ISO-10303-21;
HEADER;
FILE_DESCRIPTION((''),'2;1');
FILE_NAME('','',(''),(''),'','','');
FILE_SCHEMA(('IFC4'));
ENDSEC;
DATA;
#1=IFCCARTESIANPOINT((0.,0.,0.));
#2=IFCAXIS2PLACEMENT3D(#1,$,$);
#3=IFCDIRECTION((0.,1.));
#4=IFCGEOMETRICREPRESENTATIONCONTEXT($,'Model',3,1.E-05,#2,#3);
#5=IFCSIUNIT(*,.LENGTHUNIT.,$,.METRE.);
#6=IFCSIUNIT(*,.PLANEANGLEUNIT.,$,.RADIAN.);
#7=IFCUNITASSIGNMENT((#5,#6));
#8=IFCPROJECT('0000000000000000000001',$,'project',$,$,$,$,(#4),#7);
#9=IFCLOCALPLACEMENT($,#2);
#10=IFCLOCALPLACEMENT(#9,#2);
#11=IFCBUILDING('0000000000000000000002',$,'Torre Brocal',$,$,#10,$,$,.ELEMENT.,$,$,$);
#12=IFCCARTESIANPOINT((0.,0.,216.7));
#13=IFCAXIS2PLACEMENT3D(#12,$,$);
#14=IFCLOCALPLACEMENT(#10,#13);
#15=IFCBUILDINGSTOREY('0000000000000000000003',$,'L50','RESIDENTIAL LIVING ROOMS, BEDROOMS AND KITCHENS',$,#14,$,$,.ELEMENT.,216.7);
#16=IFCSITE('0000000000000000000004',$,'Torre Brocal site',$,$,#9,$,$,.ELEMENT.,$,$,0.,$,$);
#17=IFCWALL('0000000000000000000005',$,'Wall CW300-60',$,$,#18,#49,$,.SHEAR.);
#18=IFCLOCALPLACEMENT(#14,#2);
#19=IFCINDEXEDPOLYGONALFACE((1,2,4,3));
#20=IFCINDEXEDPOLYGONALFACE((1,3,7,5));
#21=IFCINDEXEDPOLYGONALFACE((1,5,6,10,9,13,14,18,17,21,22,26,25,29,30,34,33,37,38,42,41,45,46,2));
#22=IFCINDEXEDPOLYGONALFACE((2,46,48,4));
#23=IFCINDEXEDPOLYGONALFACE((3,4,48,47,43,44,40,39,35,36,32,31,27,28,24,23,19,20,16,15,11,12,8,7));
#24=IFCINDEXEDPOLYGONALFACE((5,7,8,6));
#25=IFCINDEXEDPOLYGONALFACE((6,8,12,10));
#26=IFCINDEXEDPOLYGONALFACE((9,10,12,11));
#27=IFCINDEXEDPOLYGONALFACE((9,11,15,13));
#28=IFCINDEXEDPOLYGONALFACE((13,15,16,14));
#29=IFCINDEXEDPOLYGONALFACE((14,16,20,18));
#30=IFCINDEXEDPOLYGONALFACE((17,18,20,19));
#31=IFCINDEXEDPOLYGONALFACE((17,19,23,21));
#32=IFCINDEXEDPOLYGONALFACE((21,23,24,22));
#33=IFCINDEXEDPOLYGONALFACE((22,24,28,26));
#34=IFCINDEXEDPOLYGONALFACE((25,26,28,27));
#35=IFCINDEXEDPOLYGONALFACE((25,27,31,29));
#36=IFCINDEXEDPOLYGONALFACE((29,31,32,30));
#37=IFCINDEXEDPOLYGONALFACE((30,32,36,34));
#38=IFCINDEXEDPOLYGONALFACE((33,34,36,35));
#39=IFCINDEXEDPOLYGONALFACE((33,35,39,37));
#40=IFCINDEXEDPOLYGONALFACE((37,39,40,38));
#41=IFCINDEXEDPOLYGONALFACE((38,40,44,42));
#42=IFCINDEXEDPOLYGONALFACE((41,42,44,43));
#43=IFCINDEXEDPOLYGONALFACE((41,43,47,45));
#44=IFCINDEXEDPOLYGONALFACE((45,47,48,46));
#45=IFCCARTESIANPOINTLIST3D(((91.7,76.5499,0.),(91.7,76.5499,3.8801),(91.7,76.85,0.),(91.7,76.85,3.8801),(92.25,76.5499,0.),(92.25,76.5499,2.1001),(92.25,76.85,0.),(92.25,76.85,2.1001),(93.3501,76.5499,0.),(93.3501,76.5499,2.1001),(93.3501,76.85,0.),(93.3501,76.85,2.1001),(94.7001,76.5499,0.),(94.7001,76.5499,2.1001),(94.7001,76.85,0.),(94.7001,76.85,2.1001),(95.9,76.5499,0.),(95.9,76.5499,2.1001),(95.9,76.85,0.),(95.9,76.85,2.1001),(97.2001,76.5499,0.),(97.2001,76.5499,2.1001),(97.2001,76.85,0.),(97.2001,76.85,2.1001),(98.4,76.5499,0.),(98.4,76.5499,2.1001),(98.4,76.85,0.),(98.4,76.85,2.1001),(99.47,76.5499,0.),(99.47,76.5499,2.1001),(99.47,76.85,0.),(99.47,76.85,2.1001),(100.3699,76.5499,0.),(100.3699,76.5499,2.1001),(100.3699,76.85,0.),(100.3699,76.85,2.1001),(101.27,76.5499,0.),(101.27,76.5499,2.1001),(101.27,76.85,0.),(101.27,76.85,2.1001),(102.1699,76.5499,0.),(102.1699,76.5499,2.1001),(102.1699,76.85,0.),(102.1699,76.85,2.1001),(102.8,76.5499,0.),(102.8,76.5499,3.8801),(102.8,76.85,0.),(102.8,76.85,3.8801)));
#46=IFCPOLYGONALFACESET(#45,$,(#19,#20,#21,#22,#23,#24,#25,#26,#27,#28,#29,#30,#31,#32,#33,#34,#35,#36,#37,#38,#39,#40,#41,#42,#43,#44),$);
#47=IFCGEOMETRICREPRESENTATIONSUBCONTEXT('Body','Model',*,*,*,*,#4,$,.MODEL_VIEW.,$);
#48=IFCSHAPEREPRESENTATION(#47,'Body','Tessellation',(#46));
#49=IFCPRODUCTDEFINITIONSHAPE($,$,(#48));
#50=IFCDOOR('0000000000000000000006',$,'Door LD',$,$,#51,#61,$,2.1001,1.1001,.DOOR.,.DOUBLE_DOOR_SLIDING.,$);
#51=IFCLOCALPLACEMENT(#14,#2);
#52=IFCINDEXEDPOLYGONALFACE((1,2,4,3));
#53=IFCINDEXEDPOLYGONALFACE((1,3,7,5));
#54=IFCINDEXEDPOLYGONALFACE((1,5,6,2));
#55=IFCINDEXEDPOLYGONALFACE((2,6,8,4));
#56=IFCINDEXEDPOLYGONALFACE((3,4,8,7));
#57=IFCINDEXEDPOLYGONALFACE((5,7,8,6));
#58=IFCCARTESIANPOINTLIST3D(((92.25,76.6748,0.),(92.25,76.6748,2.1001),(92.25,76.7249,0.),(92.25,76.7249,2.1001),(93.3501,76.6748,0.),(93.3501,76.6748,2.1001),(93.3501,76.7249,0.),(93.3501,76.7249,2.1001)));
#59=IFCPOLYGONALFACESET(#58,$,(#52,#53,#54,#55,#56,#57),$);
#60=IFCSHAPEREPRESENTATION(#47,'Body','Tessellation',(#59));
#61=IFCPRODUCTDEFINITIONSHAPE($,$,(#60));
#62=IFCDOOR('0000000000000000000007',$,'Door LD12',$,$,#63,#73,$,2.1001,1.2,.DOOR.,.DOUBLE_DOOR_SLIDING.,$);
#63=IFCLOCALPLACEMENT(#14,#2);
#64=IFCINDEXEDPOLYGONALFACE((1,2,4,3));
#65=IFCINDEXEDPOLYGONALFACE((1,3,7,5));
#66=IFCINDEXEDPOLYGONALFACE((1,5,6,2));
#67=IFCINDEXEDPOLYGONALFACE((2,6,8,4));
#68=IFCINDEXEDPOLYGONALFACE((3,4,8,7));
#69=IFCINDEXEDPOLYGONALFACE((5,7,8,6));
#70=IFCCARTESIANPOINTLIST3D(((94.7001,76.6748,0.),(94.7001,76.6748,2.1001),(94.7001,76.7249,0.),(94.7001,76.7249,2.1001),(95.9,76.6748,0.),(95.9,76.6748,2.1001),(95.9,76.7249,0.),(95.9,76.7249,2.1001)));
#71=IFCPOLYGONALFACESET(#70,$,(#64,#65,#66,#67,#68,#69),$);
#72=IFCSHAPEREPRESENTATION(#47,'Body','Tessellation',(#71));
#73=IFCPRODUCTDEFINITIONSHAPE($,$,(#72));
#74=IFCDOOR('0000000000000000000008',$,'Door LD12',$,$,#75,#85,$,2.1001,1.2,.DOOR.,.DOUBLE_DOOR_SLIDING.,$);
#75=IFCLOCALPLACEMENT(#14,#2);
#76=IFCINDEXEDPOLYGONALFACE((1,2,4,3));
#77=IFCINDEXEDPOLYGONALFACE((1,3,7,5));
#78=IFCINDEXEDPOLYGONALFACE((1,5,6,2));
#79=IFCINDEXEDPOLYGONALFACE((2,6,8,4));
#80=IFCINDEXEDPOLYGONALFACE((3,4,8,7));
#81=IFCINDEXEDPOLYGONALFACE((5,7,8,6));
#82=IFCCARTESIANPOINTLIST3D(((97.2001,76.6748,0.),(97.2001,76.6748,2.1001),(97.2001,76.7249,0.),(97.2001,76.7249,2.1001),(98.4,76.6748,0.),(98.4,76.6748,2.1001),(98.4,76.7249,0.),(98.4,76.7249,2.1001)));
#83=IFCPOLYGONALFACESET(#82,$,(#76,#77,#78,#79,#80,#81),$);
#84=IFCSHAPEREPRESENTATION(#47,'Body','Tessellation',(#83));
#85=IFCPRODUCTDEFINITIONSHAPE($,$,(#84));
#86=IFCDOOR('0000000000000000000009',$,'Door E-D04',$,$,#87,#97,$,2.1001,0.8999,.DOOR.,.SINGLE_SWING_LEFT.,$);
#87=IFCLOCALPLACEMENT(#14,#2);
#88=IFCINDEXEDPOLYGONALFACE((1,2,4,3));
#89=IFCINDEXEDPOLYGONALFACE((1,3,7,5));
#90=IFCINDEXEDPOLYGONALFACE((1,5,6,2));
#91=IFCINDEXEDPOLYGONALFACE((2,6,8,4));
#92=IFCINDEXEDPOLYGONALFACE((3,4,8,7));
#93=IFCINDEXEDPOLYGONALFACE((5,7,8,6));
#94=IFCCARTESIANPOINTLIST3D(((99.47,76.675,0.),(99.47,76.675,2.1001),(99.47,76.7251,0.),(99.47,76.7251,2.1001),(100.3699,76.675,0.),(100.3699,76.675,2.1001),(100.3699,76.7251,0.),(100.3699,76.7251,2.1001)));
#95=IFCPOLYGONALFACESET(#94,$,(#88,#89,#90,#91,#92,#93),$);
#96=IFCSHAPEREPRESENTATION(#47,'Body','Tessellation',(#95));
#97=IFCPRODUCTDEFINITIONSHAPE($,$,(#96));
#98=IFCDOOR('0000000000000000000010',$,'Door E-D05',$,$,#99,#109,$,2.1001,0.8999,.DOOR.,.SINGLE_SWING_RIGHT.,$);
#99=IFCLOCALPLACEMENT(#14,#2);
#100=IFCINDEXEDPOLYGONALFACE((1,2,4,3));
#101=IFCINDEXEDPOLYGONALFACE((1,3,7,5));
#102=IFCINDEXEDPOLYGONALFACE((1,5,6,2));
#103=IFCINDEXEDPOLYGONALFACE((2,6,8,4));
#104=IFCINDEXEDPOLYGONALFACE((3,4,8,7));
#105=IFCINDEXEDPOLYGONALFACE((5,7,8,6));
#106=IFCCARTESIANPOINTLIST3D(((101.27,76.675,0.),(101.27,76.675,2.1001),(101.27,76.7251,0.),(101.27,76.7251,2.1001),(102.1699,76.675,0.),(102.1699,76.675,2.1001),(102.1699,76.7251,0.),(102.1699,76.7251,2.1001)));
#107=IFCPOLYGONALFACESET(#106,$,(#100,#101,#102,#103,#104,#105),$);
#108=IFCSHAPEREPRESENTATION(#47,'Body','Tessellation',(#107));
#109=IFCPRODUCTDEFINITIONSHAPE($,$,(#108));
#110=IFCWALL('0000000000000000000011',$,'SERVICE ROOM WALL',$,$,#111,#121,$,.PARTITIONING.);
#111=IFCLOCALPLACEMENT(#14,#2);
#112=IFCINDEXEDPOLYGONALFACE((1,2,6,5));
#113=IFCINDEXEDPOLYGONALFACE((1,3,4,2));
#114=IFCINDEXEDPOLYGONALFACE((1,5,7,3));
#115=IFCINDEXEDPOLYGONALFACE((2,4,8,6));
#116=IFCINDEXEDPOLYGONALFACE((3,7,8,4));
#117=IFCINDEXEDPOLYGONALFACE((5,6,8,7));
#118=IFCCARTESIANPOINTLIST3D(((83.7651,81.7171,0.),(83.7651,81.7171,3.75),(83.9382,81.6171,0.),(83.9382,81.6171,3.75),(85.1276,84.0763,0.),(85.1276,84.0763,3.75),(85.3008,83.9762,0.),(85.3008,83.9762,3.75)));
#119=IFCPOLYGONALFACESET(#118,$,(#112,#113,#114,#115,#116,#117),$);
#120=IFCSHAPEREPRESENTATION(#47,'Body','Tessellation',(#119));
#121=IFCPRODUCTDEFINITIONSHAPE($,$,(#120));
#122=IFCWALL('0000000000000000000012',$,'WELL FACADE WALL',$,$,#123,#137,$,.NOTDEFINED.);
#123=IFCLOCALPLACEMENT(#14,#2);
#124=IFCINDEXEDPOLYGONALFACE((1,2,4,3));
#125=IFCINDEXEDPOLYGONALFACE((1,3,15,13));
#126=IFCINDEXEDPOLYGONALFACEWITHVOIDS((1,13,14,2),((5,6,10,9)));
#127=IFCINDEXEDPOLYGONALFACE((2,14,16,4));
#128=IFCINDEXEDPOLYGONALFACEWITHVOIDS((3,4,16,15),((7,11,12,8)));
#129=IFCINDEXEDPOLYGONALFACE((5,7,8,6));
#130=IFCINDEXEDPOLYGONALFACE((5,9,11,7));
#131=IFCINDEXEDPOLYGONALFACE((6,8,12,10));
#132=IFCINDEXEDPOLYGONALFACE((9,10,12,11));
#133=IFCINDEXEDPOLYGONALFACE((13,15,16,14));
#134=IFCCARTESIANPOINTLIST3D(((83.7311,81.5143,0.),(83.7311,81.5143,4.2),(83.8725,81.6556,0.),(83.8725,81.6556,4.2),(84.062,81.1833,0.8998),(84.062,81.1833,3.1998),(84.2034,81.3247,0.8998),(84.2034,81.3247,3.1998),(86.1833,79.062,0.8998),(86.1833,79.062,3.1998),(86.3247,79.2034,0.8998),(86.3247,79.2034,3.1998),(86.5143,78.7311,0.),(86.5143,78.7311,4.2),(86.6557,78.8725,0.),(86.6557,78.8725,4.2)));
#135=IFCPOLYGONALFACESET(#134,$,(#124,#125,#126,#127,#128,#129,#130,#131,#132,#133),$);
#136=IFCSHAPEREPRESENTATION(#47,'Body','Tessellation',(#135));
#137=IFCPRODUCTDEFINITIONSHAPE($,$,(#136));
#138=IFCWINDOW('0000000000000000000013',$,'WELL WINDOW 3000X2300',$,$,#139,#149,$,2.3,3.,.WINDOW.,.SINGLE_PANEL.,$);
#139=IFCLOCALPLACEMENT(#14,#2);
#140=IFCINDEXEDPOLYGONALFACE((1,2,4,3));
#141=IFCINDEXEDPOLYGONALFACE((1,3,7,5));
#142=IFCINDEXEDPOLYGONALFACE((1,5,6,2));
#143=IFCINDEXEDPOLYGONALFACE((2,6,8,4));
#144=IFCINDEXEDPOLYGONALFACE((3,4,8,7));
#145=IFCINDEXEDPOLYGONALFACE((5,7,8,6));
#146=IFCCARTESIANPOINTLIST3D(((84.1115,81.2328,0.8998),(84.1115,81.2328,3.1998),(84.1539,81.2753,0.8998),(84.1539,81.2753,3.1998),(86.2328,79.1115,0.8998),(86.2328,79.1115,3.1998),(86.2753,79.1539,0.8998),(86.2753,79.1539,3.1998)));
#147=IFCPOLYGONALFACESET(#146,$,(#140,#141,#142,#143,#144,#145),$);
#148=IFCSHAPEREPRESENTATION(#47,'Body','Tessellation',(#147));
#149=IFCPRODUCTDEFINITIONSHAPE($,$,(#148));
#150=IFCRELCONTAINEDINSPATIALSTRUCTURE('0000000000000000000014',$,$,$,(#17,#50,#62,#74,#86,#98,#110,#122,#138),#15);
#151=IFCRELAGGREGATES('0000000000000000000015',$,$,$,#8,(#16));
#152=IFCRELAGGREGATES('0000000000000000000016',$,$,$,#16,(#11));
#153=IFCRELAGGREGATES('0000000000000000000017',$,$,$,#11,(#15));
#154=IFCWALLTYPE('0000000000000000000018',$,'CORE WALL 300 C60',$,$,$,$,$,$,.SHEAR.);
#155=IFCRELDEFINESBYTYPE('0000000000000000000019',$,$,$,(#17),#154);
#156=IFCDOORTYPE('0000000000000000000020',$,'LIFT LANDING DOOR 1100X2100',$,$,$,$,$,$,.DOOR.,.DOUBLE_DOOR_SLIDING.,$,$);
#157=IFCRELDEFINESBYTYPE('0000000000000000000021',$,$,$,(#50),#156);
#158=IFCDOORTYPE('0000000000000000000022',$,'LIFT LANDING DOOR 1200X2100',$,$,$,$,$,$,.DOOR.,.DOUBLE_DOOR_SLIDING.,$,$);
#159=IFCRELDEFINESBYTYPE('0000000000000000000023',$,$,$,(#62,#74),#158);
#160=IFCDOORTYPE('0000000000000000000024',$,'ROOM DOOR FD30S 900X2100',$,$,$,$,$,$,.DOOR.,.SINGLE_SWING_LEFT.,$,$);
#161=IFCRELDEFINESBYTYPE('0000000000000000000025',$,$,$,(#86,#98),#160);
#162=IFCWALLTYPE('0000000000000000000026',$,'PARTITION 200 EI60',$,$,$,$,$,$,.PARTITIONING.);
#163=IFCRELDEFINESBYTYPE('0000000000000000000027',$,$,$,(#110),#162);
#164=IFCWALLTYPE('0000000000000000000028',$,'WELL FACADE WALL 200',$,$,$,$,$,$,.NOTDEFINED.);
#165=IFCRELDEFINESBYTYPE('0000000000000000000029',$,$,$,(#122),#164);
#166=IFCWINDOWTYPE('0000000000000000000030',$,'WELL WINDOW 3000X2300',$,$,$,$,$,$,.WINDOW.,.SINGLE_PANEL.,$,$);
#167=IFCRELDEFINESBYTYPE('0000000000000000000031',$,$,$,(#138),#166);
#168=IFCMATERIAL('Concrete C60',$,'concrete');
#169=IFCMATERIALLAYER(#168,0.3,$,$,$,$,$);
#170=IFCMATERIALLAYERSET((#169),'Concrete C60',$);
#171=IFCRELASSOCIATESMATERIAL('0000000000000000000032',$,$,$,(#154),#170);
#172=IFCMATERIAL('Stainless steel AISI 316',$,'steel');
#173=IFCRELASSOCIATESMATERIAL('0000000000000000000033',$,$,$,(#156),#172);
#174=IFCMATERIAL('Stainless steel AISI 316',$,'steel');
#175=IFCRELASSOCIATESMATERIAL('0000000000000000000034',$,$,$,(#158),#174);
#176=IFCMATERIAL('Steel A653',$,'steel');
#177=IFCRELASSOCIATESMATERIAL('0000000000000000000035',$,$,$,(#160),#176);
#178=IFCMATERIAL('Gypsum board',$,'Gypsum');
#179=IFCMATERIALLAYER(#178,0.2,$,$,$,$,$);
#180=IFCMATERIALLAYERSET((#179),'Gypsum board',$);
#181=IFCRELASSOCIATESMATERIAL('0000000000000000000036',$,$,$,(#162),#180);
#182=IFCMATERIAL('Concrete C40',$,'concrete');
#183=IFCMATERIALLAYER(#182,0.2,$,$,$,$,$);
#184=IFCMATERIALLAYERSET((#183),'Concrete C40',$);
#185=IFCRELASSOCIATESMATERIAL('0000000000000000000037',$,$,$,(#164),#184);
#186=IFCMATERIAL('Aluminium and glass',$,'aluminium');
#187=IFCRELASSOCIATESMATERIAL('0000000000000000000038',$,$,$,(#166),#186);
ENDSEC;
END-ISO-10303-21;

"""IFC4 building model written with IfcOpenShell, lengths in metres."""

from ifc_helpers import new_model, si_unit, direction, frame, frame_2d, origin, place, context, subcontext, project, spatial, rectangle, extrude, material, layer, layer_set, type_object, element, fill, save


model = new_model("IFC4")

# Units and contexts
model_context = context("Model", 3, precision=1e-05, world=origin(), true_north=direction((0.0, 1.0)))
body_context = subcontext(model_context, "Body", "Model", "MODEL_VIEW")
ifc_project = project(units=[si_unit("LENGTHUNIT", "METRE"), si_unit("PLANEANGLEUNIT", "RADIAN")], contexts=[model_context])

# Site, building, storey
site_placement = place(None, origin())
site = spatial("IfcSite", under=ifc_project, at=site_placement, Name="Torre Brocal site", CompositionType="ELEMENT", RefElevation=0.0)
building_placement = place(site_placement, origin())
building = spatial("IfcBuilding", under=site, at=building_placement, Name="Torre Brocal", CompositionType="ELEMENT")
storey_placement = place(building_placement, frame((0.0, 0.0, 216.7)))
storey = spatial("IfcBuildingStorey", under=building, at=storey_placement, Name="L50", Description="RESIDENTIAL LIVING ROOMS, BEDROOMS AND KITCHENS", CompositionType="ELEMENT", Elevation=216.7)

# Shared definitions
ifc_material_1 = material(Name="Concrete C60", Category="concrete")
ifc_layer_1 = layer(ifc_material_1, 0.3)
ifc_layer_set_1 = layer_set([ifc_layer_1], Name="Concrete C60")
wall_type_1 = type_object("IfcWallType", Name="CORE WALL 300 C60", PredefinedType="SHEAR", material=ifc_layer_set_1)

# Wall, openings, doors
wall_1_placement = place(storey_placement, frame((91.7, 76.7, 0.0), z_axis=(0.0, 0.0, 1.0), x_axis=(1.0, 0.0, 0.0)))
wall_1 = element("IfcWall", 1, at=wall_1_placement, inside=storey, type_object=wall_type_1, Name="Wall CW300-60", PredefinedType="SHEAR", context=body_context, shape_type="SweptSolid", body=[
    extrude(rectangle(XDim=11.1001, YDim=0.3, at=frame_2d((5.55, 0.0))), origin(), (0.0, 0.0, 1.0), 3.8801),
])
opening_1_placement = place(wall_1_placement, frame((0.55, 0.0, 0.0)))
opening_1 = element("IfcOpeningElement", 2, at=opening_1_placement, cuts=wall_1, PredefinedType="OPENING", context=body_context, shape_type="SweptSolid", body=[
    extrude(rectangle(XDim=1.1001, YDim=2.1001, at=frame_2d((0.55, 1.05))), frame((0.0, 0.1599, 0.0), z_axis=(0.0, -1.0, 0.0), x_axis=(1.0, 0.0, 0.0)), (0.0, 0.0, 1.0), 0.3201),
])
opening_2_placement = place(wall_1_placement, frame((3.0, 0.0, 0.0)))
opening_2 = element("IfcOpeningElement", 3, at=opening_2_placement, cuts=wall_1, PredefinedType="OPENING", context=body_context, shape_type="SweptSolid", body=[
    extrude(rectangle(XDim=1.2, YDim=2.1001, at=frame_2d((0.6001, 1.05))), frame((0.0, 0.1599, 0.0), z_axis=(0.0, -1.0, 0.0), x_axis=(1.0, 0.0, 0.0)), (0.0, 0.0, 1.0), 0.3201),
])
opening_3_placement = place(wall_1_placement, frame((5.5, 0.0, 0.0)))
opening_3 = element("IfcOpeningElement", 4, at=opening_3_placement, cuts=wall_1, PredefinedType="OPENING", context=body_context, shape_type="SweptSolid", body=[
    extrude(rectangle(XDim=1.2, YDim=2.1001, at=frame_2d((0.6001, 1.05))), frame((0.0, 0.1599, 0.0), z_axis=(0.0, -1.0, 0.0), x_axis=(1.0, 0.0, 0.0)), (0.0, 0.0, 1.0), 0.3201),
])
opening_4_placement = place(wall_1_placement, frame((7.77, 0.0, 0.0)))
opening_4 = element("IfcOpeningElement", 5, at=opening_4_placement, cuts=wall_1, PredefinedType="OPENING", context=body_context, shape_type="SweptSolid", body=[
    extrude(rectangle(XDim=0.8999, YDim=2.1001, at=frame_2d((0.45, 1.05))), frame((0.0, 0.1599, 0.0), z_axis=(0.0, -1.0, 0.0), x_axis=(1.0, 0.0, 0.0)), (0.0, 0.0, 1.0), 0.3201),
])
opening_5_placement = place(wall_1_placement, frame((9.5701, 0.0, 0.0)))
opening_5 = element("IfcOpeningElement", 6, at=opening_5_placement, cuts=wall_1, PredefinedType="OPENING", context=body_context, shape_type="SweptSolid", body=[
    extrude(rectangle(XDim=0.8999, YDim=2.1001, at=frame_2d((0.45, 1.05))), frame((0.0, 0.1599, 0.0), z_axis=(0.0, -1.0, 0.0), x_axis=(1.0, 0.0, 0.0)), (0.0, 0.0, 1.0), 0.3201),
])
ifc_material_2 = material(Name="Stainless steel AISI 316", Category="steel")
door_type_1 = type_object("IfcDoorType", Name="LIFT LANDING DOOR 1100X2100", OperationType="DOUBLE_DOOR_SLIDING", PredefinedType="DOOR", material=ifc_material_2)
door_1_placement = place(opening_1_placement, origin())
door_1 = element("IfcDoor", 7, at=door_1_placement, inside=storey, type_object=door_type_1, Name="Door LD", OperationType="DOUBLE_DOOR_SLIDING", OverallHeight=2.1001, OverallWidth=1.1001, PredefinedType="DOOR", context=body_context, shape_type="SweptSolid", body=[
    extrude(rectangle(XDim=1.1001, YDim=2.1001, at=frame_2d((0.55, 1.05))), frame((0.0, 0.0249, 0.0), z_axis=(0.0, -1.0, 0.0), x_axis=(1.0, 0.0, 0.0)), (0.0, 0.0, 1.0), 0.05),
])
fill(opening_1, door_1)
ifc_material_3 = material(Name="Stainless steel AISI 316", Category="steel")
door_type_2 = type_object("IfcDoorType", Name="LIFT LANDING DOOR 1200X2100", OperationType="DOUBLE_DOOR_SLIDING", PredefinedType="DOOR", material=ifc_material_3)
door_2_placement = place(opening_2_placement, origin())
door_2 = element("IfcDoor", 8, at=door_2_placement, inside=storey, type_object=door_type_2, Name="Door LD12", OperationType="DOUBLE_DOOR_SLIDING", OverallHeight=2.1001, OverallWidth=1.2, PredefinedType="DOOR", context=body_context, shape_type="SweptSolid", body=[
    extrude(rectangle(XDim=1.2, YDim=2.1001, at=frame_2d((0.6001, 1.05))), frame((0.0, 0.0249, 0.0), z_axis=(0.0, -1.0, 0.0), x_axis=(1.0, 0.0, 0.0)), (0.0, 0.0, 1.0), 0.05),
])
fill(opening_2, door_2)
door_3_placement = place(opening_3_placement, origin())
door_3 = element("IfcDoor", 9, at=door_3_placement, inside=storey, type_object=door_type_2, Name="Door LD12", OperationType="DOUBLE_DOOR_SLIDING", OverallHeight=2.1001, OverallWidth=1.2, PredefinedType="DOOR", context=body_context, shape_type="SweptSolid", body=[
    extrude(rectangle(XDim=1.2, YDim=2.1001, at=frame_2d((0.6001, 1.05))), frame((0.0, 0.0249, 0.0), z_axis=(0.0, -1.0, 0.0), x_axis=(1.0, 0.0, 0.0)), (0.0, 0.0, 1.0), 0.05),
])
fill(opening_3, door_3)
ifc_material_4 = material(Name="Steel A653", Category="steel")
door_type_3 = type_object("IfcDoorType", Name="ROOM DOOR FD30S 900X2100", OperationType="SINGLE_SWING_LEFT", PredefinedType="DOOR", material=ifc_material_4)
door_4_placement = place(opening_4_placement, frame((0.8999, 0.0, 0.0), z_axis=(0.0, 0.0, 1.0), x_axis=(-1.0, 0.0, 0.0)))
door_4 = element("IfcDoor", 10, at=door_4_placement, inside=storey, type_object=door_type_3, Name="Door E-D04", OperationType="SINGLE_SWING_LEFT", OverallHeight=2.1001, OverallWidth=0.8999, PredefinedType="DOOR", context=body_context, shape_type="SweptSolid", body=[
    extrude(rectangle(XDim=0.8999, YDim=2.1001, at=frame_2d((0.45, 1.05))), frame((0.0, 0.0249, 0.0), z_axis=(0.0, -1.0, 0.0), x_axis=(1.0, 0.0, 0.0)), (0.0, 0.0, 1.0), 0.05),
])
fill(opening_4, door_4)
door_5_placement = place(opening_5_placement, frame((0.8999, 0.0, 0.0), z_axis=(0.0, 0.0, 1.0), x_axis=(-1.0, 0.0, 0.0)))
door_5 = element("IfcDoor", 11, at=door_5_placement, inside=storey, type_object=door_type_3, Name="Door E-D05", OperationType="SINGLE_SWING_RIGHT", OverallHeight=2.1001, OverallWidth=0.8999, PredefinedType="DOOR", context=body_context, shape_type="SweptSolid", body=[
    extrude(rectangle(XDim=0.8999, YDim=2.1001, at=frame_2d((0.45, 1.05))), frame((0.0, 0.0249, 0.0), z_axis=(0.0, -1.0, 0.0), x_axis=(1.0, 0.0, 0.0)), (0.0, 0.0, 1.0), 0.05),
])
fill(opening_5, door_5)

# Wall
ifc_material_5 = material(Name="Gypsum board", Category="Gypsum")
ifc_layer_2 = layer(ifc_material_5, 0.2)
ifc_layer_set_2 = layer_set([ifc_layer_2], Name="Gypsum board")
wall_type_2 = type_object("IfcWallType", Name="PARTITION 200 EI60", PredefinedType="PARTITIONING", material=ifc_layer_set_2)
wall_2_placement = place(storey_placement, frame((83.8516, 81.667, 0.0), z_axis=(0.0, 0.0, 1.0), x_axis=(0.500139, 0.865945, 0.0)))
element("IfcWall", 12, at=wall_2_placement, inside=storey, type_object=wall_type_2, Name="SERVICE ROOM WALL", PredefinedType="PARTITIONING", context=body_context, shape_type="SweptSolid", body=[
    extrude(rectangle(XDim=2.7244, YDim=0.2, at=frame_2d((1.3623, 0.0))), origin(), (0.0, 0.0, 1.0), 3.75),
])

# Wall, opening, window
ifc_material_6 = material(Name="Concrete C40", Category="concrete")
ifc_layer_3 = layer(ifc_material_6, 0.2)
ifc_layer_set_3 = layer_set([ifc_layer_3], Name="Concrete C40")
wall_type_3 = type_object("IfcWallType", Name="WELL FACADE WALL 200", PredefinedType="NOTDEFINED", material=ifc_layer_set_3)
wall_3_placement = place(storey_placement, frame((86.585, 78.8018, 0.0), z_axis=(0.0, 0.0, 1.0), x_axis=(-0.707107, 0.707107, 0.0)))
wall_3 = element("IfcWall", 13, at=wall_3_placement, inside=storey, type_object=wall_type_3, Name="WELL FACADE WALL", PredefinedType="NOTDEFINED", context=body_context, shape_type="SweptSolid", body=[
    extrude(rectangle(XDim=3.936, YDim=0.2, at=frame_2d((1.968, 0.0))), origin(), (0.0, 0.0, 1.0), 4.2),
])
opening_6_placement = place(wall_3_placement, frame((0.468, 0.0, 0.8999)))
opening_6 = element("IfcOpeningElement", 14, at=opening_6_placement, cuts=wall_3, PredefinedType="OPENING", context=body_context, shape_type="SweptSolid", body=[
    extrude(rectangle(XDim=3.0, YDim=2.3, at=frame_2d((1.5, 1.1499))), frame((0.0, 0.1099, 0.0), z_axis=(0.0, -1.0, 0.0), x_axis=(1.0, 0.0, 0.0)), (0.0, 0.0, 1.0), 0.22),
])
ifc_material_7 = material(Name="Aluminium and glass", Category="aluminium")
window_type = type_object("IfcWindowType", Name="WELL WINDOW 3000X2300", PartitioningType="SINGLE_PANEL", PredefinedType="WINDOW", material=ifc_material_7)
window_1_placement = place(opening_6_placement, origin())
window_1 = element("IfcWindow", 15, at=window_1_placement, inside=storey, type_object=window_type, Name="WELL WINDOW 3000X2300", OverallHeight=2.3, OverallWidth=3.0, PartitioningType="SINGLE_PANEL", PredefinedType="WINDOW", context=body_context, shape_type="SweptSolid", body=[
    extrude(rectangle(XDim=3.0, YDim=2.3, at=frame_2d((1.5, 1.1499))), frame((0.0, 0.03, 0.0), z_axis=(0.0, -1.0, 0.0), x_axis=(1.0, 0.0, 0.0)), (0.0, 0.0, 1.0), 0.0601),
])
fill(opening_6, window_1)

save(model, "model.ifc")
